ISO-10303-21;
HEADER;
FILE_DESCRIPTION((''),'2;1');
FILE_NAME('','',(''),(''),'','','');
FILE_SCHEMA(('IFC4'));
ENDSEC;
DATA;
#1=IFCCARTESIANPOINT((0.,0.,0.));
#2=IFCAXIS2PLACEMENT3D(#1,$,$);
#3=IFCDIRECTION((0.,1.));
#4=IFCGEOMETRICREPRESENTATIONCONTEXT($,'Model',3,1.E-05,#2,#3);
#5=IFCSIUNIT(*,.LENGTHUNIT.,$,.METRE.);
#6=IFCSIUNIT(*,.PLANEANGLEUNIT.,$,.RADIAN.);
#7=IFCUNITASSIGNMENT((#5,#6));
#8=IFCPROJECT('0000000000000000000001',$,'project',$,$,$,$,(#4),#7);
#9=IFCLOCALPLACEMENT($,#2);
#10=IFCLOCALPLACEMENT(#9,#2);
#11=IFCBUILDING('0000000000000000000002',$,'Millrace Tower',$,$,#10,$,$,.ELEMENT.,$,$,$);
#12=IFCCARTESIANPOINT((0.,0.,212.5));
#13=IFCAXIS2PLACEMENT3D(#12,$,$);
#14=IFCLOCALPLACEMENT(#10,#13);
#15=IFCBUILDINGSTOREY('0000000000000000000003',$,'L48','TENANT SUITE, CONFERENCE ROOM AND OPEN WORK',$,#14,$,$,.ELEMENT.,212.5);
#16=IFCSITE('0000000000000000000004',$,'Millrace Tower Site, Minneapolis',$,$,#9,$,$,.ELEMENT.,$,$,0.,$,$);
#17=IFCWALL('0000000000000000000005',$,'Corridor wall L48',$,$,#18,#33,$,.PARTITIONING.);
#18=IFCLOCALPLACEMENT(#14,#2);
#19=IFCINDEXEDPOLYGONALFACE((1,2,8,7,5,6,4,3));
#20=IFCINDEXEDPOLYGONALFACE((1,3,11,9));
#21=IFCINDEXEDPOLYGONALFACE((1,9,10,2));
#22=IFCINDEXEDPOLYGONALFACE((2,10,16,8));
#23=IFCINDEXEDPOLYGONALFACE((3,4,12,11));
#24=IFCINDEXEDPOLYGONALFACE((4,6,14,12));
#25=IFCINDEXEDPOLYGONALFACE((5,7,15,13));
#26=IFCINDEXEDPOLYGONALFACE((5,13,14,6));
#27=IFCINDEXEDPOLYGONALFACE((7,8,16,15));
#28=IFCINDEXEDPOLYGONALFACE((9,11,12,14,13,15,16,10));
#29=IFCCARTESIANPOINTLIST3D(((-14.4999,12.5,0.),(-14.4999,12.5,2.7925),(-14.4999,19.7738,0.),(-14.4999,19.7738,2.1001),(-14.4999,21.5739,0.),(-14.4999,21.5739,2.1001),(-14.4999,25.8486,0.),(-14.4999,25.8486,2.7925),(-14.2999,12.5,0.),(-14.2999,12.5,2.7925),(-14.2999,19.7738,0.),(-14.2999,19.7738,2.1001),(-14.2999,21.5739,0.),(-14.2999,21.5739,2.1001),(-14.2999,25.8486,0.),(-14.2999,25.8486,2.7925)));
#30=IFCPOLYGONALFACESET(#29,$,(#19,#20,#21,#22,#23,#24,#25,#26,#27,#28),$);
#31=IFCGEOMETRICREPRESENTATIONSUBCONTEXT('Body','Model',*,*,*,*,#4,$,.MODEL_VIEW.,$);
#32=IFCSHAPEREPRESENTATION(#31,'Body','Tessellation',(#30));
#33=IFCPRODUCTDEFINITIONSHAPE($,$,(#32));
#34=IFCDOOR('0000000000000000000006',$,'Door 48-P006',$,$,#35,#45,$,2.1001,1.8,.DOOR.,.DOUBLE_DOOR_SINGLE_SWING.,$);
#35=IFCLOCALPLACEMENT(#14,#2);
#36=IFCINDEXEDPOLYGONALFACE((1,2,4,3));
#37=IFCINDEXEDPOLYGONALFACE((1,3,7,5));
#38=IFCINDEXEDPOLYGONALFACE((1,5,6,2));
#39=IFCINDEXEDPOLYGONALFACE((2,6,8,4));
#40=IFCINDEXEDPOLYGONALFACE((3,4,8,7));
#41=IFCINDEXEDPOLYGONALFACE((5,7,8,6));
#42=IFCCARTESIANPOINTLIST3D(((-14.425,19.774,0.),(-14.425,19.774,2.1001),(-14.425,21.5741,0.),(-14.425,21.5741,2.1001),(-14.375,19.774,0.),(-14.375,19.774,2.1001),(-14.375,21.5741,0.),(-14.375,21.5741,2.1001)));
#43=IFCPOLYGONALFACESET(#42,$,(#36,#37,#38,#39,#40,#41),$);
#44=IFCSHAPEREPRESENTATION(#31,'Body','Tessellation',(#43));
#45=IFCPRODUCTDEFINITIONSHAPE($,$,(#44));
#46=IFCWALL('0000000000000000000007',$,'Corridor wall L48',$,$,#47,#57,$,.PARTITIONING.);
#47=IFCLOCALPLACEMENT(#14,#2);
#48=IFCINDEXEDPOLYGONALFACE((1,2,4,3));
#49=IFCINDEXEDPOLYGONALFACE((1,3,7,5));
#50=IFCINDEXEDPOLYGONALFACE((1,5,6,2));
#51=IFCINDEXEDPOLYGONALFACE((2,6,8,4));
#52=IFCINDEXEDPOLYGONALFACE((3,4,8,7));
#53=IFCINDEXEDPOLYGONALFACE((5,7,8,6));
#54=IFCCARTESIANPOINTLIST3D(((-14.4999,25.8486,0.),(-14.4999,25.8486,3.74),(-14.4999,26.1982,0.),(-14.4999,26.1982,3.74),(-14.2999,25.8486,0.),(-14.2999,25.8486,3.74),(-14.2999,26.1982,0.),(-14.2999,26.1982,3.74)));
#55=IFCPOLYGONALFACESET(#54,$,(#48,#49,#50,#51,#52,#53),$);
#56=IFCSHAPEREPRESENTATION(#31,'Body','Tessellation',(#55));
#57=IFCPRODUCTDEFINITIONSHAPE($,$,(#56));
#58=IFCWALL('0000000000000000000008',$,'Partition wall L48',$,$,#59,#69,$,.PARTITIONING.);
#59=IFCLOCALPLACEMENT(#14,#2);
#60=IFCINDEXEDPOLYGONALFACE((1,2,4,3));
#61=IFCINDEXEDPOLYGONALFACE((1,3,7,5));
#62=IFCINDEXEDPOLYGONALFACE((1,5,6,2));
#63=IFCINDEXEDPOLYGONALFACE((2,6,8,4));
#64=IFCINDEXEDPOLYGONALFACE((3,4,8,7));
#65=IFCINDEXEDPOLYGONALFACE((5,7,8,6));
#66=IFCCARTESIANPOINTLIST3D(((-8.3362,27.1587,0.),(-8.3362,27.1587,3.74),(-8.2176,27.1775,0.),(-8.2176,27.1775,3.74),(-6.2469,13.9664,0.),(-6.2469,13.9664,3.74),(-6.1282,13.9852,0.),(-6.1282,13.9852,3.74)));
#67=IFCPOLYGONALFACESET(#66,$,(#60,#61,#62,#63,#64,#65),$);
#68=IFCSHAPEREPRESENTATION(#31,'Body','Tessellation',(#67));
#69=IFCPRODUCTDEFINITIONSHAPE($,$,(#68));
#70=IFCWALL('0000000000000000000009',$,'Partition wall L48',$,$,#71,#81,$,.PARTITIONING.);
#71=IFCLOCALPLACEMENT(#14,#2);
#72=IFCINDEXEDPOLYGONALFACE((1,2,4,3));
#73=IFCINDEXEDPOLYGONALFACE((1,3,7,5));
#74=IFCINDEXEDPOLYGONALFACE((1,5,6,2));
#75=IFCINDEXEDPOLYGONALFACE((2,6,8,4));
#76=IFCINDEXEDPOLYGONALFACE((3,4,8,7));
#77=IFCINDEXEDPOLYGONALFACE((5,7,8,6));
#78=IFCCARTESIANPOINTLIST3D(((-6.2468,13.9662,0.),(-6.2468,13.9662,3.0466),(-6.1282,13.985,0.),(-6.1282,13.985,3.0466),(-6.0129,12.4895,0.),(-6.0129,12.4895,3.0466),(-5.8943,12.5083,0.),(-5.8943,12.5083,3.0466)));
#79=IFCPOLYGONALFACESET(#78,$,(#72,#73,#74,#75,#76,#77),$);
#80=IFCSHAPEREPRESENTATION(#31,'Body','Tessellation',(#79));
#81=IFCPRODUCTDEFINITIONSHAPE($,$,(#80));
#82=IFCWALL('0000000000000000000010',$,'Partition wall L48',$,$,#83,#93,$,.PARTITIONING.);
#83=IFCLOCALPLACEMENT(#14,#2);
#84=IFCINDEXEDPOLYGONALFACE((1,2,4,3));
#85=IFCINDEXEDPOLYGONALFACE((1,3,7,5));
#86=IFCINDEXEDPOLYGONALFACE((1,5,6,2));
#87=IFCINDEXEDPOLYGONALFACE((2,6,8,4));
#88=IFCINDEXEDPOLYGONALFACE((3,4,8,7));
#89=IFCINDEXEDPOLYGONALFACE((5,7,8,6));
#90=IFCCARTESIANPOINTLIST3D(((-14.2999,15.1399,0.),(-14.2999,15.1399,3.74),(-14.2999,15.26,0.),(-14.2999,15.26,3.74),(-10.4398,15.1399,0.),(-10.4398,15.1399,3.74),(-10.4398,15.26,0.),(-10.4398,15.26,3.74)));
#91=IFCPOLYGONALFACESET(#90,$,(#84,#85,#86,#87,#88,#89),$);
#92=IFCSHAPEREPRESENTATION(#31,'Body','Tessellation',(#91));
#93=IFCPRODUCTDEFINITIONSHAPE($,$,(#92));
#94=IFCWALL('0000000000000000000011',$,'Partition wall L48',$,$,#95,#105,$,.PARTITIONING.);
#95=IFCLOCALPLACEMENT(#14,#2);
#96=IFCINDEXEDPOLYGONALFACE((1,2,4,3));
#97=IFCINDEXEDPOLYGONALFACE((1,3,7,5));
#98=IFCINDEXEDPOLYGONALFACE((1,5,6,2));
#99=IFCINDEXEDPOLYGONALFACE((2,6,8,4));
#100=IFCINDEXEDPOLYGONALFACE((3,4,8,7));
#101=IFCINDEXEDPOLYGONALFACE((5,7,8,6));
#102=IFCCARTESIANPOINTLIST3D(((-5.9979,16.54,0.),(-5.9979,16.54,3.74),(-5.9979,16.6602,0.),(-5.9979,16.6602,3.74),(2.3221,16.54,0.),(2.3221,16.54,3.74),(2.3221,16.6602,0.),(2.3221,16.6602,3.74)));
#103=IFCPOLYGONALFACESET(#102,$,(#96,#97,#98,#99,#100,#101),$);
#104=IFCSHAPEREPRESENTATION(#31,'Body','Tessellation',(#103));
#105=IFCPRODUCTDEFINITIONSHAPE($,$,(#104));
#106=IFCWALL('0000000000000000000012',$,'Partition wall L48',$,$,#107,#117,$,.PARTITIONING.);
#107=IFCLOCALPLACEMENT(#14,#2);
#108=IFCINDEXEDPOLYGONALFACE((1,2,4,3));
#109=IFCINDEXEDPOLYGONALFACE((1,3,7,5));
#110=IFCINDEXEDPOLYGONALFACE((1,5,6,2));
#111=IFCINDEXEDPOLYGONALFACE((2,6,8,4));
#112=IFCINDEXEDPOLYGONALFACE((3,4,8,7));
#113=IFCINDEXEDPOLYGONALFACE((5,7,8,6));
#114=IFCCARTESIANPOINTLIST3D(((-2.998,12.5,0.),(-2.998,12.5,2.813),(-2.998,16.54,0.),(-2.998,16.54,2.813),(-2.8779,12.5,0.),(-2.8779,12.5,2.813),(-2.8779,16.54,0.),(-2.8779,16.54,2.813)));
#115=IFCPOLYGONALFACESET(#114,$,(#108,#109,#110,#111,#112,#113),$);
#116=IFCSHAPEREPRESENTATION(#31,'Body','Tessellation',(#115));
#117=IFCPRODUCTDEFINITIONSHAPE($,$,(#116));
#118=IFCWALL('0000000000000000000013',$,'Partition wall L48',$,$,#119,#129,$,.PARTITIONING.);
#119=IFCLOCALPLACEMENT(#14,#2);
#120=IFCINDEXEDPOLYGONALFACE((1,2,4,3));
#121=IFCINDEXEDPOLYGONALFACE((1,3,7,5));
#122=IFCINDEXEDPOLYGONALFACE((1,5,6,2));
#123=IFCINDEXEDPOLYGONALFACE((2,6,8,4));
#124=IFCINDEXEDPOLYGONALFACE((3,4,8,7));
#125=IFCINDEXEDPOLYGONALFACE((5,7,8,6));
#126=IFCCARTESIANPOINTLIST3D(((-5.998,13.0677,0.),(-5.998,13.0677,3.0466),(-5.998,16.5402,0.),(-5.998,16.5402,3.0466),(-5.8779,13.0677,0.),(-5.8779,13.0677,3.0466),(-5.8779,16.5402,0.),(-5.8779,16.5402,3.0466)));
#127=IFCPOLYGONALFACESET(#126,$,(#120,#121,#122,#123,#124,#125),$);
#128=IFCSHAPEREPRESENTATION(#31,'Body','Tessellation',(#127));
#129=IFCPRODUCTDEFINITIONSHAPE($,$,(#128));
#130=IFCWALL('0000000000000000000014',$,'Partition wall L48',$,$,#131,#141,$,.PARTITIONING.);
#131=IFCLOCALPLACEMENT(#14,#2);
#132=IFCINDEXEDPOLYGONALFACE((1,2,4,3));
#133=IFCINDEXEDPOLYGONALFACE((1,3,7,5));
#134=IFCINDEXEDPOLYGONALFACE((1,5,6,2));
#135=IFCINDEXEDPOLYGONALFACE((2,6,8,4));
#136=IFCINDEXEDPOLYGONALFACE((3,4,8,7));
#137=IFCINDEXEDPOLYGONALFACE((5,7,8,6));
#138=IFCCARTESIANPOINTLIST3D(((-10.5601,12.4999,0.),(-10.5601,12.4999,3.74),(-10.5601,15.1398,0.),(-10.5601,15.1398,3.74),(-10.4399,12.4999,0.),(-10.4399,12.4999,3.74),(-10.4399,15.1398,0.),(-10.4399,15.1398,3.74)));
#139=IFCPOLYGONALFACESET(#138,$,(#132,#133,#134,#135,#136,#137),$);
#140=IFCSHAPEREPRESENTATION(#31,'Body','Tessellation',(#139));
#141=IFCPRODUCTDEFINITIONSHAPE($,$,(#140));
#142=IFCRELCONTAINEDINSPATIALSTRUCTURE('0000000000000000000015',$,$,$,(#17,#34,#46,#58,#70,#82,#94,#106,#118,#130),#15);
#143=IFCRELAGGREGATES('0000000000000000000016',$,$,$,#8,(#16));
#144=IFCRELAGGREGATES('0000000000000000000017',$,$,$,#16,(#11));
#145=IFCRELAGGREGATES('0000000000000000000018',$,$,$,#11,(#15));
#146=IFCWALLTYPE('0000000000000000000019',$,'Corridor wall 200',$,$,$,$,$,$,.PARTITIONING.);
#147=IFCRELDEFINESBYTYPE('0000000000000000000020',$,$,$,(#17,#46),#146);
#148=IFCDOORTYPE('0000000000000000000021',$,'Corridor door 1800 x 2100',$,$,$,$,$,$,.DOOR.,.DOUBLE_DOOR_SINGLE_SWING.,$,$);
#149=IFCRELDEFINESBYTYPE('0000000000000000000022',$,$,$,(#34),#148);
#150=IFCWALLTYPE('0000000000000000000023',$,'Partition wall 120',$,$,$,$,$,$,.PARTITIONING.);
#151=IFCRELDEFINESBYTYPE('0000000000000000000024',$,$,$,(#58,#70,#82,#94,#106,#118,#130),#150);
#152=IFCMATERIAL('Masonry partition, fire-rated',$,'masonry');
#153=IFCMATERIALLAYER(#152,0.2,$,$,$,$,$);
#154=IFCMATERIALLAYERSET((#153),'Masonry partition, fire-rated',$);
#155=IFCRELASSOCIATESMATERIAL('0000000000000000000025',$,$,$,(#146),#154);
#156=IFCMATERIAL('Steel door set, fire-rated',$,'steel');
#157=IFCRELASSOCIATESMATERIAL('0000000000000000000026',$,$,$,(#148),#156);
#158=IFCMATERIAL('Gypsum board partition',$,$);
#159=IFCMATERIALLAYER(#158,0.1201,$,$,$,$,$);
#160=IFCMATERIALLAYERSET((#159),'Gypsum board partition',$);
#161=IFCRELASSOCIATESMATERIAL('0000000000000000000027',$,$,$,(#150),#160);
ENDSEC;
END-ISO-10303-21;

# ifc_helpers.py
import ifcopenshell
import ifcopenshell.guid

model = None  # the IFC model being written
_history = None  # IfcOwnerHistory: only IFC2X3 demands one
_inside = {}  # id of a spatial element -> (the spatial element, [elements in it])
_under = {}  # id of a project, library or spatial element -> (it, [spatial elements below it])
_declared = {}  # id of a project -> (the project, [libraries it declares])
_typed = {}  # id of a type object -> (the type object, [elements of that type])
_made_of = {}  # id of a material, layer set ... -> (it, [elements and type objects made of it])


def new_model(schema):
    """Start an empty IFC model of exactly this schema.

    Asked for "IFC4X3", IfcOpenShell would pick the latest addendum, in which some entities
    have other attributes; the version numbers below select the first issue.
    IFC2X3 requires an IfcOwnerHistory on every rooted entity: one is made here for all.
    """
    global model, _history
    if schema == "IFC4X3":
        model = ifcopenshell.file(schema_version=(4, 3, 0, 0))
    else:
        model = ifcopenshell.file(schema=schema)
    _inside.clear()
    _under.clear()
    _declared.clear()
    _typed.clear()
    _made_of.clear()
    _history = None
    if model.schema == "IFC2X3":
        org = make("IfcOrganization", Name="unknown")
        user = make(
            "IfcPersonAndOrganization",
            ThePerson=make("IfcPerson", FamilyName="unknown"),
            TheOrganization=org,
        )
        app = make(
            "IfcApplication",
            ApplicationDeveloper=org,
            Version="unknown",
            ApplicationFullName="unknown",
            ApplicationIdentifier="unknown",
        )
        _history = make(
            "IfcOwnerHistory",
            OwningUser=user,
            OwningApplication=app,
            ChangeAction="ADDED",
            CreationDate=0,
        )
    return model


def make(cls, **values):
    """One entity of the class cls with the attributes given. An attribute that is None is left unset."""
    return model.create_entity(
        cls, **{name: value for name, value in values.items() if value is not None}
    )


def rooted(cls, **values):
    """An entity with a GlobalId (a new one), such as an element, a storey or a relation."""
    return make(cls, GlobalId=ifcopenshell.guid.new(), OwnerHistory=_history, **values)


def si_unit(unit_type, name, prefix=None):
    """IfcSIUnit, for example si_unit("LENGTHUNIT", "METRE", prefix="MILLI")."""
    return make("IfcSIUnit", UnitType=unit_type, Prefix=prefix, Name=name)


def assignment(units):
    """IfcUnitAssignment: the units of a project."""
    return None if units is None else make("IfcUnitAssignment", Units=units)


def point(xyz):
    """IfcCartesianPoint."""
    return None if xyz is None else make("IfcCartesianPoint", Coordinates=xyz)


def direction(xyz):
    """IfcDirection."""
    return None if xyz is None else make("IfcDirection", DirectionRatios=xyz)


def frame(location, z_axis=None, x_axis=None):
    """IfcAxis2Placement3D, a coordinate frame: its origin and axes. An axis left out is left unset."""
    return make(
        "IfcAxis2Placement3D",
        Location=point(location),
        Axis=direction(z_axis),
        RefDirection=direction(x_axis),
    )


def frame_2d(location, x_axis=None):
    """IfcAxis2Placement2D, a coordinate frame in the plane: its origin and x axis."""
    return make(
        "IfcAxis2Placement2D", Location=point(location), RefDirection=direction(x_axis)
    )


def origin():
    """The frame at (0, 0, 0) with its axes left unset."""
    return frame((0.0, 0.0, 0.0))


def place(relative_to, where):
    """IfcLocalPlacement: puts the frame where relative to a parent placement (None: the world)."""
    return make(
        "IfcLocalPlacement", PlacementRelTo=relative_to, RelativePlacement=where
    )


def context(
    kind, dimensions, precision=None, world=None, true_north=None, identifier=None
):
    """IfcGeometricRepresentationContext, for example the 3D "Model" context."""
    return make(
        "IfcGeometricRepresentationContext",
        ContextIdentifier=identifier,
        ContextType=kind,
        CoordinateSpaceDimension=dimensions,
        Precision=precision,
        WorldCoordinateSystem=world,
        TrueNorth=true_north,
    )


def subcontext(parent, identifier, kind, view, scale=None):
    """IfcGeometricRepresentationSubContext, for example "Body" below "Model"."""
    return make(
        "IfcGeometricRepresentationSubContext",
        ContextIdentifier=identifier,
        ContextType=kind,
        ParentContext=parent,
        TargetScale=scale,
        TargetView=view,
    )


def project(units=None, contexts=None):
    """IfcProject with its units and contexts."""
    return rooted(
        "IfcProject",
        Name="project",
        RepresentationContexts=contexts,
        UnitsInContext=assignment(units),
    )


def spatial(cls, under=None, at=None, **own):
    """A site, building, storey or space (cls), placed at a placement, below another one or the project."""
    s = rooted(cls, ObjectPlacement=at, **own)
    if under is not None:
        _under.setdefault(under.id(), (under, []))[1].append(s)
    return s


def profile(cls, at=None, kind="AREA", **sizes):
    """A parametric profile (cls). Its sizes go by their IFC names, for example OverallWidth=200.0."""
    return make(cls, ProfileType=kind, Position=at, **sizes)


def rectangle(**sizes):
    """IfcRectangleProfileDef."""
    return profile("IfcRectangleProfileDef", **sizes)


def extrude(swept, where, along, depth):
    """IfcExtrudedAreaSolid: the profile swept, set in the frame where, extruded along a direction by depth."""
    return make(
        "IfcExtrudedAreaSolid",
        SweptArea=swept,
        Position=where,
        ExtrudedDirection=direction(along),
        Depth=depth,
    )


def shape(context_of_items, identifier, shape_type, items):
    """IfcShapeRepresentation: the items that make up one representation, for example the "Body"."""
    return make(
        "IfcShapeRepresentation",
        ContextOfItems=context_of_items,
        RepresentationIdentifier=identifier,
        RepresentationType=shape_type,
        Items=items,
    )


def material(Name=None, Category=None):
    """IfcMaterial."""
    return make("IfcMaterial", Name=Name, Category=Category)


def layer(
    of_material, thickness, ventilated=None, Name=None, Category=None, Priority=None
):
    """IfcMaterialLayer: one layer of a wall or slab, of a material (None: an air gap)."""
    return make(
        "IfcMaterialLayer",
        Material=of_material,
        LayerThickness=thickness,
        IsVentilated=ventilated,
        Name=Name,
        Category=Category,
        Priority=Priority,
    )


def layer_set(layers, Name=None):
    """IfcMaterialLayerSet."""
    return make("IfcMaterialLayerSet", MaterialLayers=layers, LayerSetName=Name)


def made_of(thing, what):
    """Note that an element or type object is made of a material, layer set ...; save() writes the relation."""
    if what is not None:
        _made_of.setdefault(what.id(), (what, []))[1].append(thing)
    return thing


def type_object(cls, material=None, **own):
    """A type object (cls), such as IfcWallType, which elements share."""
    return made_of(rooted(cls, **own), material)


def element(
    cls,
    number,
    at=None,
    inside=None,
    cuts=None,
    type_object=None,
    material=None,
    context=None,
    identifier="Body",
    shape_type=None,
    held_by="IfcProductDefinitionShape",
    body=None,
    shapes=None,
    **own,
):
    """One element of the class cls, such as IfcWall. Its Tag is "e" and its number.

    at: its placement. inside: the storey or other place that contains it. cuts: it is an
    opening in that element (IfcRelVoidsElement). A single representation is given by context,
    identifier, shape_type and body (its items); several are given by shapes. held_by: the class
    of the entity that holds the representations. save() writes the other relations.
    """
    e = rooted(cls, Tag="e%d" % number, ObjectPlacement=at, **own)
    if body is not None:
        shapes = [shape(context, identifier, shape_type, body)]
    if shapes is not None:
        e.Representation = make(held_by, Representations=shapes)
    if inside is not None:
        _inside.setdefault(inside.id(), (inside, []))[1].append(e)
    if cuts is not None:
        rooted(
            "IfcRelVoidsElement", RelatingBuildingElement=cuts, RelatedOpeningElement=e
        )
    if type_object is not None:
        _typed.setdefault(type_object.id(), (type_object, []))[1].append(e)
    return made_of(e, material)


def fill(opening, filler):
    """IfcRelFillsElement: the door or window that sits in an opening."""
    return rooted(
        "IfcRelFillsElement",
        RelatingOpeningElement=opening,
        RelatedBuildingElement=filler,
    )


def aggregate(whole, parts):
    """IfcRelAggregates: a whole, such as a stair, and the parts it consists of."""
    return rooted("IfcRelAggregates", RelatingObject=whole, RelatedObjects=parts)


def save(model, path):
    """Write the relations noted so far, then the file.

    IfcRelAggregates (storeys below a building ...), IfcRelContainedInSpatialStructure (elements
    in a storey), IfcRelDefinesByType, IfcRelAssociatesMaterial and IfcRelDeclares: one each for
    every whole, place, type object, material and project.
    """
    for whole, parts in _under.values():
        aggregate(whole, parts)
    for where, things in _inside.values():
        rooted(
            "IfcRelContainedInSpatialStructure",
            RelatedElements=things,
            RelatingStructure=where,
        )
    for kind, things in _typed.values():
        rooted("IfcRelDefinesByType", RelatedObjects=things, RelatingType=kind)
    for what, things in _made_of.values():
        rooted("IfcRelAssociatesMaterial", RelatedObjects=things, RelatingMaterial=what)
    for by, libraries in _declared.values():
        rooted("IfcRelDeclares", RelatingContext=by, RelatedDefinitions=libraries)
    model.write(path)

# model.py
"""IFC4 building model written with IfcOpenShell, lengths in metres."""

from ifc_helpers import new_model, si_unit, direction, frame, frame_2d, origin, place, context, subcontext, project, spatial, rectangle, extrude, material, layer, layer_set, type_object, element, fill, save


model = new_model("IFC4")

# Units and contexts
model_context = context("Model", 3, precision=1e-05, world=origin(), true_north=direction((0.0, 1.0)))
body_context = subcontext(model_context, "Body", "Model", "MODEL_VIEW")
ifc_project = project(units=[si_unit("LENGTHUNIT", "METRE"), si_unit("PLANEANGLEUNIT", "RADIAN")], contexts=[model_context])

# Site, building, storey
site_placement = place(None, origin())
site = spatial("IfcSite", under=ifc_project, at=site_placement, Name="Millrace Tower Site, Minneapolis", CompositionType="ELEMENT", RefElevation=0.0)
building_placement = place(site_placement, origin())
building = spatial("IfcBuilding", under=site, at=building_placement, Name="Millrace Tower", CompositionType="ELEMENT")
storey_placement = place(building_placement, frame((0.0, 0.0, 212.5)))
storey = spatial("IfcBuildingStorey", under=building, at=storey_placement, Name="L48", Description="TENANT SUITE, CONFERENCE ROOM AND OPEN WORK", CompositionType="ELEMENT", Elevation=212.5)

# Shared definitions
ifc_material_1 = material(Name="Masonry partition, fire-rated", Category="masonry")
ifc_layer_1 = layer(ifc_material_1, 0.2)
ifc_layer_set_1 = layer_set([ifc_layer_1], Name="Masonry partition, fire-rated")
wall_type_1 = type_object("IfcWallType", Name="Corridor wall 200", PredefinedType="PARTITIONING", material=ifc_layer_set_1)
ifc_material_2 = material(Name="Steel door set, fire-rated", Category="steel")
door_type_1 = type_object("IfcDoorType", Name="Corridor door 1800 x 2100", OperationType="DOUBLE_DOOR_SINGLE_SWING", PredefinedType="DOOR", material=ifc_material_2)

# Wall, opening, door
wall_1_placement = place(storey_placement, frame((-14.3999, 12.5, 0.0), z_axis=(0.0, 0.0, 1.0), x_axis=(0.0, 1.0, 0.0)))
wall_1 = element("IfcWall", 1, at=wall_1_placement, inside=storey, type_object=wall_type_1, Name="Corridor wall L48", PredefinedType="PARTITIONING", context=body_context, shape_type="SweptSolid", body=[
    extrude(rectangle(XDim=13.3486, YDim=0.2, at=frame_2d((6.6743, 0.0))), origin(), (0.0, 0.0, 1.0), 2.7925),
])
opening_1_placement = place(wall_1_placement, frame((7.2739, 0.0, 0.0)))
opening_1 = element("IfcOpeningElement", 2, at=opening_1_placement, cuts=wall_1, PredefinedType="OPENING", context=body_context, shape_type="SweptSolid", body=[
    extrude(rectangle(XDim=1.8, YDim=2.1001, at=frame_2d((0.8999, 1.05))), frame((0.0, 0.1099, 0.0), z_axis=(0.0, -1.0, 0.0), x_axis=(1.0, 0.0, 0.0)), (0.0, 0.0, 1.0), 0.22),
])
door_1_placement = place(opening_1_placement, frame((1.8, 0.0, 0.0), z_axis=(0.0, 0.0, 1.0), x_axis=(-1.0, 0.0, 0.0)))
door_1 = element("IfcDoor", 3, at=door_1_placement, inside=storey, type_object=door_type_1, Name="Door 48-P006", OperationType="DOUBLE_DOOR_SINGLE_SWING", OverallHeight=2.1001, OverallWidth=1.8, PredefinedType="DOOR", context=body_context, shape_type="SweptSolid", body=[
    extrude(rectangle(XDim=1.8, YDim=2.1001, at=frame_2d((0.8999, 1.05))), frame((0.0, 0.0249, 0.0), z_axis=(0.0, -1.0, 0.0), x_axis=(1.0, 0.0, 0.0)), (0.0, 0.0, 1.0), 0.05),
])
fill(opening_1, door_1)

# Walls
wall_2_placement = place(storey_placement, frame((-14.3999, 25.8486, 0.0), z_axis=(0.0, 0.0, 1.0), x_axis=(0.0, 1.0, 0.0)))
element("IfcWall", 4, at=wall_2_placement, inside=storey, type_object=wall_type_1, Name="Corridor wall L48", PredefinedType="PARTITIONING", context=body_context, shape_type="SweptSolid", body=[
    extrude(rectangle(XDim=0.3496, YDim=0.2, at=frame_2d((0.1748, 0.0))), origin(), (0.0, 0.0, 1.0), 3.74),
])
ifc_material_3 = material(Name="Gypsum board partition")
ifc_layer_2 = layer(ifc_material_3, 0.1201)
ifc_layer_set_2 = layer_set([ifc_layer_2], Name="Gypsum board partition")
wall_type_2 = type_object("IfcWallType", Name="Partition wall 120", PredefinedType="PARTITIONING", material=ifc_layer_set_2)
wall_3_placement = place(storey_placement, frame((-8.2769, 27.168, 0.0), z_axis=(0.0, 0.0, 1.0), x_axis=(0.156426, -0.98769, 0.0)))
element("IfcWall", 5, at=wall_3_placement, inside=storey, type_object=wall_type_2, Name="Partition wall L48", PredefinedType="PARTITIONING", context=body_context, shape_type="SweptSolid", body=[
    extrude(rectangle(XDim=13.3567, YDim=0.1201, at=frame_2d((6.6782, 0.0))), origin(), (0.0, 0.0, 1.0), 3.74),
])
wall_4_placement = place(storey_placement, frame((-6.1875, 13.9756, 0.0), z_axis=(0.0, 0.0, 1.0), x_axis=(0.156424, -0.98769, 0.0)))
element("IfcWall", 6, at=wall_4_placement, inside=storey, type_object=wall_type_2, Name="Partition wall L48", PredefinedType="PARTITIONING", context=body_context, shape_type="SweptSolid", body=[
    extrude(rectangle(XDim=1.4951, YDim=0.1201, at=frame_2d((0.7476, 0.0))), origin(), (0.0, 0.0, 1.0), 3.0466),
])
wall_5_placement = place(storey_placement, frame((-14.3, 15.2, 0.0), z_axis=(0.0, 0.0, 1.0), x_axis=(1.0, 0.0, 0.0)))
element("IfcWall", 7, at=wall_5_placement, inside=storey, type_object=wall_type_2, Name="Partition wall L48", PredefinedType="PARTITIONING", context=body_context, shape_type="SweptSolid", body=[
    extrude(rectangle(XDim=3.8601, YDim=0.1201, at=frame_2d((1.9302, 0.0))), origin(), (0.0, 0.0, 1.0), 3.74),
])
wall_6_placement = place(storey_placement, frame((-5.998, 16.6001, 0.0), z_axis=(0.0, 0.0, 1.0), x_axis=(1.0, 0.0, 0.0)))
element("IfcWall", 8, at=wall_6_placement, inside=storey, type_object=wall_type_2, Name="Partition wall L48", PredefinedType="PARTITIONING", context=body_context, shape_type="SweptSolid", body=[
    extrude(rectangle(XDim=8.3201, YDim=0.1201, at=frame_2d((4.1602, 0.0))), origin(), (0.0, 0.0, 1.0), 3.74),
])
wall_7_placement = place(storey_placement, frame((-2.938, 12.5, 0.0), z_axis=(0.0, 0.0, 1.0), x_axis=(0.0, 1.0, 0.0)))
element("IfcWall", 9, at=wall_7_placement, inside=storey, type_object=wall_type_2, Name="Partition wall L48", PredefinedType="PARTITIONING", context=body_context, shape_type="SweptSolid", body=[
    extrude(rectangle(XDim=4.04, YDim=0.1201, at=frame_2d((2.02, 0.0))), origin(), (0.0, 0.0, 1.0), 2.813),
])
wall_8_placement = place(storey_placement, frame((-5.938, 13.0676, 0.0), z_axis=(0.0, 0.0, 1.0), x_axis=(0.0, 1.0, 0.0)))
element("IfcWall", 10, at=wall_8_placement, inside=storey, type_object=wall_type_2, Name="Partition wall L48", PredefinedType="PARTITIONING", context=body_context, shape_type="SweptSolid", body=[
    extrude(rectangle(XDim=3.4724, YDim=0.1201, at=frame_2d((1.7363, 0.0))), origin(), (0.0, 0.0, 1.0), 3.0466),
])
wall_9_placement = place(storey_placement, frame((-10.5, 12.5, 0.0), z_axis=(0.0, 0.0, 1.0), x_axis=(0.0, 1.0, 0.0)))
element("IfcWall", 11, at=wall_9_placement, inside=storey, type_object=wall_type_2, Name="Partition wall L48", PredefinedType="PARTITIONING", context=body_context, shape_type="SweptSolid", body=[
    extrude(rectangle(XDim=2.6399, YDim=0.1201, at=frame_2d((1.3198, 0.0))), origin(), (0.0, 0.0, 1.0), 3.74),
])

save(model, "model.ifc")
